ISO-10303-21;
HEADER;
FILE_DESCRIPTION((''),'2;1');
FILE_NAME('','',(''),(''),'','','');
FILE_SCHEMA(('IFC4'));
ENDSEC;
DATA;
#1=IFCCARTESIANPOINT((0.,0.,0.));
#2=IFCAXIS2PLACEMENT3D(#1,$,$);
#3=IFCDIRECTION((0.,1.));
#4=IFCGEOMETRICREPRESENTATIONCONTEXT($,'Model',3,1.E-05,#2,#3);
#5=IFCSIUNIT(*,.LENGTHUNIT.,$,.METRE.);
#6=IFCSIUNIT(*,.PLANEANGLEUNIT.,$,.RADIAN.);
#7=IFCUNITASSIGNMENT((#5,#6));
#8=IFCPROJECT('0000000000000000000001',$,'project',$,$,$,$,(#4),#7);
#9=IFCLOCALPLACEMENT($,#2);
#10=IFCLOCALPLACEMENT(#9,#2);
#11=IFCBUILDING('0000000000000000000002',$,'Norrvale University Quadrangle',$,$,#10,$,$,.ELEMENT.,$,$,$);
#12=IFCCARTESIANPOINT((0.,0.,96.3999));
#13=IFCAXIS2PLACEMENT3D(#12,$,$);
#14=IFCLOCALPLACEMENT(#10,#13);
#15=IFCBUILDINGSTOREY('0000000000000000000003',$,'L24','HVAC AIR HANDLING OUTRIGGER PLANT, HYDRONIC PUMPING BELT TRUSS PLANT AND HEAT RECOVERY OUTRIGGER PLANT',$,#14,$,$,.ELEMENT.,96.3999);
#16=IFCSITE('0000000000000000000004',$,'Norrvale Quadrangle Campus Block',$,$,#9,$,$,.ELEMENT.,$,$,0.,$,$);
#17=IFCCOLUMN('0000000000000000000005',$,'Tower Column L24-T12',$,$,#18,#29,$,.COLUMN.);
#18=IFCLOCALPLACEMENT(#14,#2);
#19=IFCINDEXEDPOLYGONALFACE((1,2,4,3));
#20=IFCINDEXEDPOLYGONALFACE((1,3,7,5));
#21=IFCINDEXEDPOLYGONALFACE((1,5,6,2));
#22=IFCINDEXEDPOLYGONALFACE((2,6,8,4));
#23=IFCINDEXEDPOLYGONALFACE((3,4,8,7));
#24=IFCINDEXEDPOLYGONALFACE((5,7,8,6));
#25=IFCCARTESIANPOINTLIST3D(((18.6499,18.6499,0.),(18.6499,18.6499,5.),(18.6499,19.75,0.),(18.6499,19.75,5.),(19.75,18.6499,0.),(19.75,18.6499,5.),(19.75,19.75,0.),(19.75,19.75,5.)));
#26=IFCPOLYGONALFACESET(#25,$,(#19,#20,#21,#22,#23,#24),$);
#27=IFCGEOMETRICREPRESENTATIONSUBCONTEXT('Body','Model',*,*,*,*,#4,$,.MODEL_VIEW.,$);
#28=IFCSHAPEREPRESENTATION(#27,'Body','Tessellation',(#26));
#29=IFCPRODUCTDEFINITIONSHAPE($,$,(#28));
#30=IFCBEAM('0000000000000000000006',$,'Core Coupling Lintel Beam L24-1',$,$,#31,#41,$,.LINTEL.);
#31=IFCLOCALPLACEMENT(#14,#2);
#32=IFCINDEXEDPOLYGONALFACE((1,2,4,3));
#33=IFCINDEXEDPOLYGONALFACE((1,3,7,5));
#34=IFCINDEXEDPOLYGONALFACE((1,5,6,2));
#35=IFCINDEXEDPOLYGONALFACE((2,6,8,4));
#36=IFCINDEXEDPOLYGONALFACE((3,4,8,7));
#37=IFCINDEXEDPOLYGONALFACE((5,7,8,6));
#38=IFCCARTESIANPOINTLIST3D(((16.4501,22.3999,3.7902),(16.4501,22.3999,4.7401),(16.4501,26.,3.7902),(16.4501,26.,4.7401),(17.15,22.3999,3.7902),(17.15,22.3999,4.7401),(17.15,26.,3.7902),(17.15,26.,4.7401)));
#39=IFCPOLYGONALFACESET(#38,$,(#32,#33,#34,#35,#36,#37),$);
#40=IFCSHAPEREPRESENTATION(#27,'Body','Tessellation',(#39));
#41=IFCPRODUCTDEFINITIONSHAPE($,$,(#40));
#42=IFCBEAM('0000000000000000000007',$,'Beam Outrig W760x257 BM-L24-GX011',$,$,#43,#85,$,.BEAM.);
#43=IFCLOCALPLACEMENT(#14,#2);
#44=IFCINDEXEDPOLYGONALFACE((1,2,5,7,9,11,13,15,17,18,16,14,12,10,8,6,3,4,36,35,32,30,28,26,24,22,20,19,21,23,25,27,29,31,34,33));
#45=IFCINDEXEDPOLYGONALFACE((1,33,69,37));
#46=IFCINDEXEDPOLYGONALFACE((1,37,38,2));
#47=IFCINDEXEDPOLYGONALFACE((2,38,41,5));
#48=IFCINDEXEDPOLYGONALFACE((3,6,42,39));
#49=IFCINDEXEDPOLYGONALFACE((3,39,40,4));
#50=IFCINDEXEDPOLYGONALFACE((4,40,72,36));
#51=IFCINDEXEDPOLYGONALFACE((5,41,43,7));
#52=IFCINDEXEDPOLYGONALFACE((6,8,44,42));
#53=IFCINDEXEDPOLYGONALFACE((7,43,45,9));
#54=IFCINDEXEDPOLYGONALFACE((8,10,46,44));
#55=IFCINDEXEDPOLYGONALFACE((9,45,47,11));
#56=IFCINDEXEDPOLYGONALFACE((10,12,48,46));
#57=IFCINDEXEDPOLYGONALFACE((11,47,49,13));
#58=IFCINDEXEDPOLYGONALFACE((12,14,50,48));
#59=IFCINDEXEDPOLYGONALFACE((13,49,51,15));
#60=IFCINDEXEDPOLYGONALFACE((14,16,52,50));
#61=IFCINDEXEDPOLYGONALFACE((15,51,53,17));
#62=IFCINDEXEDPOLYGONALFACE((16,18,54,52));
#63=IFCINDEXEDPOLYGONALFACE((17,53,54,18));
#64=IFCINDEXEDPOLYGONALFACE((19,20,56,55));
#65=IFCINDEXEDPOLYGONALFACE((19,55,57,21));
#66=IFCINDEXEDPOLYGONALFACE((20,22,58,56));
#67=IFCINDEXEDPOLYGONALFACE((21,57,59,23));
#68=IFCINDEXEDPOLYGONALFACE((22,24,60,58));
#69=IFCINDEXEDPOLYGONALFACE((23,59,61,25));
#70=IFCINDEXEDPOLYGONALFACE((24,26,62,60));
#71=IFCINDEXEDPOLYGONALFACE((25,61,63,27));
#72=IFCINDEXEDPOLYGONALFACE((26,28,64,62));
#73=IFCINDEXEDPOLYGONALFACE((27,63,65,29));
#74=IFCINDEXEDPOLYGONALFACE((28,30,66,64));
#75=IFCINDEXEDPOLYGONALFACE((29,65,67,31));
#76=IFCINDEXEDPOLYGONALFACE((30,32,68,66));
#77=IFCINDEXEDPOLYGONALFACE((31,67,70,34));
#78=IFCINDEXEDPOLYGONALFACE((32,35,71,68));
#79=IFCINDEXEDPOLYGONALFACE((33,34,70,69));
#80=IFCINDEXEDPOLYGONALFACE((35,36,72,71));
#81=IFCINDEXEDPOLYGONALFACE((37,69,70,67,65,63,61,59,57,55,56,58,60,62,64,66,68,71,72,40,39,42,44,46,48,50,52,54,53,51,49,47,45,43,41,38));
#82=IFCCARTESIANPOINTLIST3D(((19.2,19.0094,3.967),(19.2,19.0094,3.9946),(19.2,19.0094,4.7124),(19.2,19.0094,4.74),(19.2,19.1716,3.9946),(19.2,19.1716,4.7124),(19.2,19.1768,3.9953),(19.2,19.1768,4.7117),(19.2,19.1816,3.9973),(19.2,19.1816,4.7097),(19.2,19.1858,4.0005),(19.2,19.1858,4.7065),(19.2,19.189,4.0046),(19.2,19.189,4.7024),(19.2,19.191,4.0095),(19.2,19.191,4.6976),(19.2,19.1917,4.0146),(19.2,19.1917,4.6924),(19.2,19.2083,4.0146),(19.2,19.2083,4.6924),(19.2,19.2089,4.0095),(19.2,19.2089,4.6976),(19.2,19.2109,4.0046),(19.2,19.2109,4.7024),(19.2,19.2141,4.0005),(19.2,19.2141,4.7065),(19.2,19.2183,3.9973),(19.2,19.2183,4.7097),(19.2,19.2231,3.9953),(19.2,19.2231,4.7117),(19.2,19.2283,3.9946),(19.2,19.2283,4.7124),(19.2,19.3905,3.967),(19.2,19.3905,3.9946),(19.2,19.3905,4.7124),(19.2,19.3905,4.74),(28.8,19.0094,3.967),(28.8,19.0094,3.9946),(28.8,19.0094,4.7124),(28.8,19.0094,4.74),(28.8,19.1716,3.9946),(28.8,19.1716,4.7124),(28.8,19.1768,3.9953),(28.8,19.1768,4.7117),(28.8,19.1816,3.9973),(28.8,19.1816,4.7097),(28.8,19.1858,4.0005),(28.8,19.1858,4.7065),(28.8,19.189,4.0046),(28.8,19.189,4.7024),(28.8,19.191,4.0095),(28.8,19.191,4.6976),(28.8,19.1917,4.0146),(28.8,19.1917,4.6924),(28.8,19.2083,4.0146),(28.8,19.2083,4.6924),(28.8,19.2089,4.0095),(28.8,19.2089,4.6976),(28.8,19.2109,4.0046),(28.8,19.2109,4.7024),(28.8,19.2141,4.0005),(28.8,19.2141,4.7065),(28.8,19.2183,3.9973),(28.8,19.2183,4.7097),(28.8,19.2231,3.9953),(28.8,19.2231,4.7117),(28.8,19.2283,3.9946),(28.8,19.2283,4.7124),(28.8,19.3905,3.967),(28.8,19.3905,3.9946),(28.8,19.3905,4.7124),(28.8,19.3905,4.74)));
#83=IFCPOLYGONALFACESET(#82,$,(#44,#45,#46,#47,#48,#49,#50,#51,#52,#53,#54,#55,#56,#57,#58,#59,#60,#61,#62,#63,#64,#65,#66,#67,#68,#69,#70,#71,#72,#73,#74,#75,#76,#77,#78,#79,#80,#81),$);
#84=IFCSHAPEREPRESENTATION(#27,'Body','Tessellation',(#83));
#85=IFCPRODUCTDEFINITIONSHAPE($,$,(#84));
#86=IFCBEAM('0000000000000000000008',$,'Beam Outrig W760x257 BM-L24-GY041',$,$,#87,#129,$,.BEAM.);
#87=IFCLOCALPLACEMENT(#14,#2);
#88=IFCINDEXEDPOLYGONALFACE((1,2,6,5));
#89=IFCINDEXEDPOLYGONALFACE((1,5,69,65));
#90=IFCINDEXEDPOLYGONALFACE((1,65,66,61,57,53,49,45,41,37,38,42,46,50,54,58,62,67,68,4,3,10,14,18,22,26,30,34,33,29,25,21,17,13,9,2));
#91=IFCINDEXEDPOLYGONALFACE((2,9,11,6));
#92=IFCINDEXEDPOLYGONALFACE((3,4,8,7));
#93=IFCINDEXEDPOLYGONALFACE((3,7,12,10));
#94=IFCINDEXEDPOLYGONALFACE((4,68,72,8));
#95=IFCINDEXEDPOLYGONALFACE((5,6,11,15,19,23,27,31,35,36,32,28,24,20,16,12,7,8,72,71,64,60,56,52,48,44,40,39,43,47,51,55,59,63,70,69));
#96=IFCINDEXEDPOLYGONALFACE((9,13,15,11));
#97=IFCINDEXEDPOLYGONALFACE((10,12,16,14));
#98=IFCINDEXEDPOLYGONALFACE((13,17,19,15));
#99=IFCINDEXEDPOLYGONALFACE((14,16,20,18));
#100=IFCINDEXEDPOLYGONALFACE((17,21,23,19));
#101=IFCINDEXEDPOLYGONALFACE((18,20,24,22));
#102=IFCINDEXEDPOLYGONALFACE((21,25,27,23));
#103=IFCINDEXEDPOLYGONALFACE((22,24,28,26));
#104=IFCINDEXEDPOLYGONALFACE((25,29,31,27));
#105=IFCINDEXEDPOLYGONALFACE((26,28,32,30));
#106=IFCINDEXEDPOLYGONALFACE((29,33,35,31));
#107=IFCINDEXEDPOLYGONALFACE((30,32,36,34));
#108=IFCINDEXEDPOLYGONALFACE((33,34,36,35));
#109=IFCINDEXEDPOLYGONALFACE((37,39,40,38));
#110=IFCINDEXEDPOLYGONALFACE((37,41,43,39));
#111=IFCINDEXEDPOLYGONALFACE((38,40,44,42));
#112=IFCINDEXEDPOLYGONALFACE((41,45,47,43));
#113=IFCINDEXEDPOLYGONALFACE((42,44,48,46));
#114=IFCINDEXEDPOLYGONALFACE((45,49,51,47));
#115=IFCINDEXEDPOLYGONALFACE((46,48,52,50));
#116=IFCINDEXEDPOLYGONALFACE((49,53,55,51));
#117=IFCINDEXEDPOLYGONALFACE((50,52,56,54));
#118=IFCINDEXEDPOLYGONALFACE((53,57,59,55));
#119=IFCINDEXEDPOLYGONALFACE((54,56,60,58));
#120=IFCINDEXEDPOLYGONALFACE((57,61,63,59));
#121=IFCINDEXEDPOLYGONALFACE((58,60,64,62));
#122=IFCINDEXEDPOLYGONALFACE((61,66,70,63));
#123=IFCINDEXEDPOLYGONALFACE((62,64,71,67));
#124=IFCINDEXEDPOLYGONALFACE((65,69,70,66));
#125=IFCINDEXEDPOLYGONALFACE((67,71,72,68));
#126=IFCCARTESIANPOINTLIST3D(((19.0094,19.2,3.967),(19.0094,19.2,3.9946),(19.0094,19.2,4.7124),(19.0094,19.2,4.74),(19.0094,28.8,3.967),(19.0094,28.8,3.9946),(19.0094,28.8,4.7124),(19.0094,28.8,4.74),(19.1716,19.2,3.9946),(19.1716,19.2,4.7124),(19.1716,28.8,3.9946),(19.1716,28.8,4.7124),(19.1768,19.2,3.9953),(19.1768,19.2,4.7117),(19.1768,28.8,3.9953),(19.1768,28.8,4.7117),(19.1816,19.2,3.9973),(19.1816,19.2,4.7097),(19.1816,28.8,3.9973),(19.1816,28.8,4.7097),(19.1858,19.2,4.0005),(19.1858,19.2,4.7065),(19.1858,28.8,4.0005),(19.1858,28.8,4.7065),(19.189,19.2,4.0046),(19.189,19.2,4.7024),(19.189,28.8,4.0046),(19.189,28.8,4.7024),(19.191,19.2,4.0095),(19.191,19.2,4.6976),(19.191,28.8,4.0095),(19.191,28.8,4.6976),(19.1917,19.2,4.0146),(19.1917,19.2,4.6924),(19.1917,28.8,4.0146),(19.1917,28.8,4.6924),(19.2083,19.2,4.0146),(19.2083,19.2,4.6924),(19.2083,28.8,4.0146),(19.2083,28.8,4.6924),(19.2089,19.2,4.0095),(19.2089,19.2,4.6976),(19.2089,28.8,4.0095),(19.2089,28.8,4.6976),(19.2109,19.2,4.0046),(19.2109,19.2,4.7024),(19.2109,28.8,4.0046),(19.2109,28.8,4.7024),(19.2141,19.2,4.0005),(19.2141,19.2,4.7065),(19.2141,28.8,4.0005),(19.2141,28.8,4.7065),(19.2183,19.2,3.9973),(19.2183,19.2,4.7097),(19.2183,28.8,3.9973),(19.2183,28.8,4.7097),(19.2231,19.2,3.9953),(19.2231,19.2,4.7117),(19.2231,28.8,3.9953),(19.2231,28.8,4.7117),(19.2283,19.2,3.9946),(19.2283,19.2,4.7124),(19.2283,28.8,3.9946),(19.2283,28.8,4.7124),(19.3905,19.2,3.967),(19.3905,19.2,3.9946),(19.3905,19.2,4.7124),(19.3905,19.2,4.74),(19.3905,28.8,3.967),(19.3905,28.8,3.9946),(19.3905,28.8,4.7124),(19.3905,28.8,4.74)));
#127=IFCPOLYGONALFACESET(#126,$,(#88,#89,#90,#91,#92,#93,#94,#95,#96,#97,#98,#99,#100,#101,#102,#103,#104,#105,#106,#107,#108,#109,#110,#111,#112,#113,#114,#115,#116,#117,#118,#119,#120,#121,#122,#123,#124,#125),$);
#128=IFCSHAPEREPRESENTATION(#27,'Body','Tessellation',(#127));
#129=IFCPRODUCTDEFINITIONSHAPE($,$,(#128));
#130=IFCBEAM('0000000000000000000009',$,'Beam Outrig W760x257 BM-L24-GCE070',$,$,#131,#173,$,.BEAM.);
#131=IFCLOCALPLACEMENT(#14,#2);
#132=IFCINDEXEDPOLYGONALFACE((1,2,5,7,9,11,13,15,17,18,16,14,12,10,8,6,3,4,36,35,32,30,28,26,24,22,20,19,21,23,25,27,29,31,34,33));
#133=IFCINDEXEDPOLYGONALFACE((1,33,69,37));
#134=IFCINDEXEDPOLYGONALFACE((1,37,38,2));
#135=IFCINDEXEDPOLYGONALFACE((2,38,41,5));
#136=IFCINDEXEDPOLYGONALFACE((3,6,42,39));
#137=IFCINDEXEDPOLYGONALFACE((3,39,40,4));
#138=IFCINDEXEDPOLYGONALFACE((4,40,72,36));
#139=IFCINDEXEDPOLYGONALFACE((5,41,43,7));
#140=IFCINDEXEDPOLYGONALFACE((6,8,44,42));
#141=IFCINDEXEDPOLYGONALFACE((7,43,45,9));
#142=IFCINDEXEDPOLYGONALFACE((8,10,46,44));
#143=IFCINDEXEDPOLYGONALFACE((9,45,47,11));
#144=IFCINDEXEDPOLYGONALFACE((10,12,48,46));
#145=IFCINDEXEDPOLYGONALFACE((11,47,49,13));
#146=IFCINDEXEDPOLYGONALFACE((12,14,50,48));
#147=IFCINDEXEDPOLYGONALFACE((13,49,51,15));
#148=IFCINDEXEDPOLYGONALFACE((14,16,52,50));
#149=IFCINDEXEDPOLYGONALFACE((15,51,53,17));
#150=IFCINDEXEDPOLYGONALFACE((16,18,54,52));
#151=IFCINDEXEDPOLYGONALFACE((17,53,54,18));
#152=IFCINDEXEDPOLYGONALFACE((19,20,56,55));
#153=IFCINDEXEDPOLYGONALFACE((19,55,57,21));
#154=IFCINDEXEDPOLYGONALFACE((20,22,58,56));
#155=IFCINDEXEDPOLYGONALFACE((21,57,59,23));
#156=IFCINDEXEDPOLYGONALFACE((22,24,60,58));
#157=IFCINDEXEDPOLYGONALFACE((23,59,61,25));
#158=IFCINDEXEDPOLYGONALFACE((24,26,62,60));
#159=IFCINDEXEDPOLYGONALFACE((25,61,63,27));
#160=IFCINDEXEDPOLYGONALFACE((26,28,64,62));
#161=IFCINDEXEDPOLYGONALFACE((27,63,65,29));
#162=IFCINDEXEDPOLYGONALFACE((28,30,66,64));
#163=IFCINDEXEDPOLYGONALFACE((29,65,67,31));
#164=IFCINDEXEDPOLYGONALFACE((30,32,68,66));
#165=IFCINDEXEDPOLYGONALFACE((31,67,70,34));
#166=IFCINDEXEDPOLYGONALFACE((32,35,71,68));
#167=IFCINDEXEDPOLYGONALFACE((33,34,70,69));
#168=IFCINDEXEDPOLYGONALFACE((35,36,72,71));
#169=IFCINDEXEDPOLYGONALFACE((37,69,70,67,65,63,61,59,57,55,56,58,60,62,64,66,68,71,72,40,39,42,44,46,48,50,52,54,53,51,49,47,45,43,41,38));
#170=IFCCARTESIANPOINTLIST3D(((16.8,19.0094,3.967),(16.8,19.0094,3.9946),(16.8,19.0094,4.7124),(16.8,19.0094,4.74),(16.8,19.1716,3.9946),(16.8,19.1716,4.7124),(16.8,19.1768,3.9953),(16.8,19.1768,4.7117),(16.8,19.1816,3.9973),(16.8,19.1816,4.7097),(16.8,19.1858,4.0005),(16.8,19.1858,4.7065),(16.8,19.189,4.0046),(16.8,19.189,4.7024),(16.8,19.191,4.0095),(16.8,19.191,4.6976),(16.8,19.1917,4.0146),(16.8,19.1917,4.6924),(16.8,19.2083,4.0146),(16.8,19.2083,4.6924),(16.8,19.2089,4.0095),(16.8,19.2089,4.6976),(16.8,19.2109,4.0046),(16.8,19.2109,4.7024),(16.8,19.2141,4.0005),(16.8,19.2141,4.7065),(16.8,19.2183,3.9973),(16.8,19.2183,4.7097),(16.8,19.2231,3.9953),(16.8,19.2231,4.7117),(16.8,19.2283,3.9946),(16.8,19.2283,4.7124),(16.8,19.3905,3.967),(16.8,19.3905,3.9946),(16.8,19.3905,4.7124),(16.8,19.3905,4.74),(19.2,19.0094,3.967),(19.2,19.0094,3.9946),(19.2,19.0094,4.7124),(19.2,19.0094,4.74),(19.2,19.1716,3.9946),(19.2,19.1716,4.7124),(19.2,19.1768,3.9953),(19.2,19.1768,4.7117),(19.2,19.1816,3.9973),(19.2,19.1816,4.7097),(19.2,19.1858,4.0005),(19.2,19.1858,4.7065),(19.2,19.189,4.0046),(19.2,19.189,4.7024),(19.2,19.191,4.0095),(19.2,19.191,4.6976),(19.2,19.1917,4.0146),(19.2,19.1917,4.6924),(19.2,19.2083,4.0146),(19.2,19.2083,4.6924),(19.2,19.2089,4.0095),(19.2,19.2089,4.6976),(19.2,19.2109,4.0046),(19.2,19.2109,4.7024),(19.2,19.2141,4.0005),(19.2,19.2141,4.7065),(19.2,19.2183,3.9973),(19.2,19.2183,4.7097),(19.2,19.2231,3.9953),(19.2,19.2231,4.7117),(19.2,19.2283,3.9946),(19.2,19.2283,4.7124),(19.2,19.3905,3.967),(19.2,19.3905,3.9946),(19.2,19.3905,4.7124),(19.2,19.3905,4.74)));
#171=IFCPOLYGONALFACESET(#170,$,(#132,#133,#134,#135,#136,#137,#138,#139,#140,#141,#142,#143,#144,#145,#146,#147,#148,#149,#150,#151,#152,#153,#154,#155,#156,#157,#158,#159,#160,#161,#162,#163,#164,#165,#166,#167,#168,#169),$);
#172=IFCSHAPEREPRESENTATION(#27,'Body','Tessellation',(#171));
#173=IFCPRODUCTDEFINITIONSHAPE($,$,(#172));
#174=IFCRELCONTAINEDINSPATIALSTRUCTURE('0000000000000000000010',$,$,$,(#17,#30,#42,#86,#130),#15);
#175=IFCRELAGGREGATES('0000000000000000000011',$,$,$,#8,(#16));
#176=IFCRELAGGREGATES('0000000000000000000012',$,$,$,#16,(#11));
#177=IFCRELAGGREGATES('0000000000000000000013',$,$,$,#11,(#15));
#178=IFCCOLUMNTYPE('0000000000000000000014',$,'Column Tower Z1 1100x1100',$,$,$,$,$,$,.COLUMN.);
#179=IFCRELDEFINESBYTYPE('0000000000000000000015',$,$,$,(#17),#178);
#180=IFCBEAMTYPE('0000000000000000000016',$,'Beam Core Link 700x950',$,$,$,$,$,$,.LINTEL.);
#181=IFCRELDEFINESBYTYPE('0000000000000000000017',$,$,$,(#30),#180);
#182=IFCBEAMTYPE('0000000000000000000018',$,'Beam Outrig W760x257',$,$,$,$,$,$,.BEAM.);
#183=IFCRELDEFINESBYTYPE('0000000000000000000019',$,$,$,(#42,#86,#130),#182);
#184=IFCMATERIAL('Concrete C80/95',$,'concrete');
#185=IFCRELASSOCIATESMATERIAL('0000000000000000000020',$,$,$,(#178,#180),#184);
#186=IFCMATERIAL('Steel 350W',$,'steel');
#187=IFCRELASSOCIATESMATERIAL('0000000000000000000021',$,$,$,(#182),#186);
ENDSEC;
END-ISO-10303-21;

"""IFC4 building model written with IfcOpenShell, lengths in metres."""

from ifc_helpers import new_model, si_unit, direction, frame, origin, origin_2d, place, context, subcontext, project, spatial, rectangle, i_section, extrude, material, material_profile, profile_set, type_object, element, save


model = new_model("IFC4")

# Units and contexts
model_context = context("Model", 3, precision=1e-05, world=origin(), true_north=direction((0.0, 1.0)))
body_context = subcontext(model_context, "Body", "Model", "MODEL_VIEW")
ifc_project = project(units=[si_unit("LENGTHUNIT", "METRE"), si_unit("PLANEANGLEUNIT", "RADIAN")], contexts=[model_context])

# Site, building, storey
site_placement = place(None, origin())
site = spatial("IfcSite", under=ifc_project, at=site_placement, Name="Norrvale Quadrangle Campus Block", CompositionType="ELEMENT", RefElevation=0.0)
building_placement = place(site_placement, origin())
building = spatial("IfcBuilding", under=site, at=building_placement, Name="Norrvale University Quadrangle", CompositionType="ELEMENT")
storey_placement = place(building_placement, frame((0.0, 0.0, 96.3999)))
storey = spatial("IfcBuildingStorey", under=building, at=storey_placement, Name="L24", Description="HVAC AIR HANDLING OUTRIGGER PLANT, HYDRONIC PUMPING BELT TRUSS PLANT AND HEAT RECOVERY OUTRIGGER PLANT", CompositionType="ELEMENT", Elevation=96.3999)

# Column
ifc_material_1 = material(Name="Concrete C80/95", Category="concrete")
ifc_material_profile_1 = material_profile(ifc_material_1, rectangle(XDim=1.1001, YDim=1.1001, at=origin_2d()), Name="Concrete C80/95")
ifc_profile_set_1 = profile_set([ifc_material_profile_1], Name="Concrete C80/95")
column_type = type_object("IfcColumnType", Name="Column Tower Z1 1100x1100", PredefinedType="COLUMN", material=ifc_profile_set_1)
column_placement = place(storey_placement, frame((19.2, 19.2, 0.0), z_axis=(0.0, 0.0, 1.0), x_axis=(1.0, 0.0, 0.0)))
element("IfcColumn", 1, at=column_placement, inside=storey, type_object=column_type, Name="Tower Column L24-T12", PredefinedType="COLUMN", context=body_context, shape_type="SweptSolid", body=[
    extrude(rectangle(XDim=1.1001, YDim=1.1001, at=origin_2d()), origin(), (0.0, 0.0, 1.0), 5.0),
])

# Beams
ifc_material_profile_2 = material_profile(ifc_material_1, rectangle(XDim=0.7, YDim=0.95, at=origin_2d()), Name="Concrete C80/95")
ifc_profile_set_2 = profile_set([ifc_material_profile_2], Name="Concrete C80/95")
beam_type_1 = type_object("IfcBeamType", Name="Beam Core Link 700x950", PredefinedType="LINTEL", material=ifc_profile_set_2)
beam_1_placement = place(storey_placement, frame((16.8, 22.3999, 4.2651), z_axis=(0.0, 1.0, 0.0), x_axis=(-1.0, 0.0, 0.0)))
element("IfcBeam", 2, at=beam_1_placement, inside=storey, type_object=beam_type_1, Name="Core Coupling Lintel Beam L24-1", PredefinedType="LINTEL", context=body_context, shape_type="SweptSolid", body=[
    extrude(rectangle(XDim=0.7, YDim=0.95, at=origin_2d()), origin(), (0.0, 0.0, 1.0), 3.6001),
])
ifc_material_2 = material(Name="Steel 350W", Category="steel")
ifc_material_profile_3 = material_profile(ifc_material_2, i_section(OverallWidth=0.3811, OverallDepth=0.7729, WebThickness=0.0166, FlangeThickness=0.0276, FilletRadius=0.02, at=origin_2d()), Name="Steel 350W")
ifc_profile_set_3 = profile_set([ifc_material_profile_3], Name="Steel 350W")
beam_type_2 = type_object("IfcBeamType", Name="Beam Outrig W760x257", PredefinedType="BEAM", material=ifc_profile_set_3)
for number, where, z_axis, x_axis, name in (
    (3, (19.2, 19.2, 4.3535), (1.0, 0.0, 0.0), (0.0, 1.0, 0.0), "Beam Outrig W760x257 BM-L24-GX011"),
    (4, (19.2, 19.2, 4.3535), (0.0, 1.0, 0.0), (-1.0, 0.0, 0.0), "Beam Outrig W760x257 BM-L24-GY041"),
):
    element("IfcBeam", number, at=place(storey_placement, frame(where, z_axis=z_axis, x_axis=x_axis)), inside=storey, type_object=beam_type_2, Name=name, PredefinedType="BEAM", context=body_context, shape_type="SweptSolid", body=[
        extrude(i_section(OverallWidth=0.3811, OverallDepth=0.7729, WebThickness=0.0166, FlangeThickness=0.0276, FilletRadius=0.02, at=origin_2d()), origin(), (0.0, 0.0, 1.0), 9.6001),
    ])
beam_2_placement = place(storey_placement, frame((16.8, 19.2, 4.3535), z_axis=(1.0, 0.0, 0.0), x_axis=(0.0, 1.0, 0.0)))
element("IfcBeam", 5, at=beam_2_placement, inside=storey, type_object=beam_type_2, Name="Beam Outrig W760x257 BM-L24-GCE070", PredefinedType="BEAM", context=body_context, shape_type="SweptSolid", body=[
    extrude(i_section(OverallWidth=0.3811, OverallDepth=0.7729, WebThickness=0.0166, FlangeThickness=0.0276, FilletRadius=0.02, at=origin_2d()), origin(), (0.0, 0.0, 1.0), 2.3999),
])

save(model, "model.ifc")
